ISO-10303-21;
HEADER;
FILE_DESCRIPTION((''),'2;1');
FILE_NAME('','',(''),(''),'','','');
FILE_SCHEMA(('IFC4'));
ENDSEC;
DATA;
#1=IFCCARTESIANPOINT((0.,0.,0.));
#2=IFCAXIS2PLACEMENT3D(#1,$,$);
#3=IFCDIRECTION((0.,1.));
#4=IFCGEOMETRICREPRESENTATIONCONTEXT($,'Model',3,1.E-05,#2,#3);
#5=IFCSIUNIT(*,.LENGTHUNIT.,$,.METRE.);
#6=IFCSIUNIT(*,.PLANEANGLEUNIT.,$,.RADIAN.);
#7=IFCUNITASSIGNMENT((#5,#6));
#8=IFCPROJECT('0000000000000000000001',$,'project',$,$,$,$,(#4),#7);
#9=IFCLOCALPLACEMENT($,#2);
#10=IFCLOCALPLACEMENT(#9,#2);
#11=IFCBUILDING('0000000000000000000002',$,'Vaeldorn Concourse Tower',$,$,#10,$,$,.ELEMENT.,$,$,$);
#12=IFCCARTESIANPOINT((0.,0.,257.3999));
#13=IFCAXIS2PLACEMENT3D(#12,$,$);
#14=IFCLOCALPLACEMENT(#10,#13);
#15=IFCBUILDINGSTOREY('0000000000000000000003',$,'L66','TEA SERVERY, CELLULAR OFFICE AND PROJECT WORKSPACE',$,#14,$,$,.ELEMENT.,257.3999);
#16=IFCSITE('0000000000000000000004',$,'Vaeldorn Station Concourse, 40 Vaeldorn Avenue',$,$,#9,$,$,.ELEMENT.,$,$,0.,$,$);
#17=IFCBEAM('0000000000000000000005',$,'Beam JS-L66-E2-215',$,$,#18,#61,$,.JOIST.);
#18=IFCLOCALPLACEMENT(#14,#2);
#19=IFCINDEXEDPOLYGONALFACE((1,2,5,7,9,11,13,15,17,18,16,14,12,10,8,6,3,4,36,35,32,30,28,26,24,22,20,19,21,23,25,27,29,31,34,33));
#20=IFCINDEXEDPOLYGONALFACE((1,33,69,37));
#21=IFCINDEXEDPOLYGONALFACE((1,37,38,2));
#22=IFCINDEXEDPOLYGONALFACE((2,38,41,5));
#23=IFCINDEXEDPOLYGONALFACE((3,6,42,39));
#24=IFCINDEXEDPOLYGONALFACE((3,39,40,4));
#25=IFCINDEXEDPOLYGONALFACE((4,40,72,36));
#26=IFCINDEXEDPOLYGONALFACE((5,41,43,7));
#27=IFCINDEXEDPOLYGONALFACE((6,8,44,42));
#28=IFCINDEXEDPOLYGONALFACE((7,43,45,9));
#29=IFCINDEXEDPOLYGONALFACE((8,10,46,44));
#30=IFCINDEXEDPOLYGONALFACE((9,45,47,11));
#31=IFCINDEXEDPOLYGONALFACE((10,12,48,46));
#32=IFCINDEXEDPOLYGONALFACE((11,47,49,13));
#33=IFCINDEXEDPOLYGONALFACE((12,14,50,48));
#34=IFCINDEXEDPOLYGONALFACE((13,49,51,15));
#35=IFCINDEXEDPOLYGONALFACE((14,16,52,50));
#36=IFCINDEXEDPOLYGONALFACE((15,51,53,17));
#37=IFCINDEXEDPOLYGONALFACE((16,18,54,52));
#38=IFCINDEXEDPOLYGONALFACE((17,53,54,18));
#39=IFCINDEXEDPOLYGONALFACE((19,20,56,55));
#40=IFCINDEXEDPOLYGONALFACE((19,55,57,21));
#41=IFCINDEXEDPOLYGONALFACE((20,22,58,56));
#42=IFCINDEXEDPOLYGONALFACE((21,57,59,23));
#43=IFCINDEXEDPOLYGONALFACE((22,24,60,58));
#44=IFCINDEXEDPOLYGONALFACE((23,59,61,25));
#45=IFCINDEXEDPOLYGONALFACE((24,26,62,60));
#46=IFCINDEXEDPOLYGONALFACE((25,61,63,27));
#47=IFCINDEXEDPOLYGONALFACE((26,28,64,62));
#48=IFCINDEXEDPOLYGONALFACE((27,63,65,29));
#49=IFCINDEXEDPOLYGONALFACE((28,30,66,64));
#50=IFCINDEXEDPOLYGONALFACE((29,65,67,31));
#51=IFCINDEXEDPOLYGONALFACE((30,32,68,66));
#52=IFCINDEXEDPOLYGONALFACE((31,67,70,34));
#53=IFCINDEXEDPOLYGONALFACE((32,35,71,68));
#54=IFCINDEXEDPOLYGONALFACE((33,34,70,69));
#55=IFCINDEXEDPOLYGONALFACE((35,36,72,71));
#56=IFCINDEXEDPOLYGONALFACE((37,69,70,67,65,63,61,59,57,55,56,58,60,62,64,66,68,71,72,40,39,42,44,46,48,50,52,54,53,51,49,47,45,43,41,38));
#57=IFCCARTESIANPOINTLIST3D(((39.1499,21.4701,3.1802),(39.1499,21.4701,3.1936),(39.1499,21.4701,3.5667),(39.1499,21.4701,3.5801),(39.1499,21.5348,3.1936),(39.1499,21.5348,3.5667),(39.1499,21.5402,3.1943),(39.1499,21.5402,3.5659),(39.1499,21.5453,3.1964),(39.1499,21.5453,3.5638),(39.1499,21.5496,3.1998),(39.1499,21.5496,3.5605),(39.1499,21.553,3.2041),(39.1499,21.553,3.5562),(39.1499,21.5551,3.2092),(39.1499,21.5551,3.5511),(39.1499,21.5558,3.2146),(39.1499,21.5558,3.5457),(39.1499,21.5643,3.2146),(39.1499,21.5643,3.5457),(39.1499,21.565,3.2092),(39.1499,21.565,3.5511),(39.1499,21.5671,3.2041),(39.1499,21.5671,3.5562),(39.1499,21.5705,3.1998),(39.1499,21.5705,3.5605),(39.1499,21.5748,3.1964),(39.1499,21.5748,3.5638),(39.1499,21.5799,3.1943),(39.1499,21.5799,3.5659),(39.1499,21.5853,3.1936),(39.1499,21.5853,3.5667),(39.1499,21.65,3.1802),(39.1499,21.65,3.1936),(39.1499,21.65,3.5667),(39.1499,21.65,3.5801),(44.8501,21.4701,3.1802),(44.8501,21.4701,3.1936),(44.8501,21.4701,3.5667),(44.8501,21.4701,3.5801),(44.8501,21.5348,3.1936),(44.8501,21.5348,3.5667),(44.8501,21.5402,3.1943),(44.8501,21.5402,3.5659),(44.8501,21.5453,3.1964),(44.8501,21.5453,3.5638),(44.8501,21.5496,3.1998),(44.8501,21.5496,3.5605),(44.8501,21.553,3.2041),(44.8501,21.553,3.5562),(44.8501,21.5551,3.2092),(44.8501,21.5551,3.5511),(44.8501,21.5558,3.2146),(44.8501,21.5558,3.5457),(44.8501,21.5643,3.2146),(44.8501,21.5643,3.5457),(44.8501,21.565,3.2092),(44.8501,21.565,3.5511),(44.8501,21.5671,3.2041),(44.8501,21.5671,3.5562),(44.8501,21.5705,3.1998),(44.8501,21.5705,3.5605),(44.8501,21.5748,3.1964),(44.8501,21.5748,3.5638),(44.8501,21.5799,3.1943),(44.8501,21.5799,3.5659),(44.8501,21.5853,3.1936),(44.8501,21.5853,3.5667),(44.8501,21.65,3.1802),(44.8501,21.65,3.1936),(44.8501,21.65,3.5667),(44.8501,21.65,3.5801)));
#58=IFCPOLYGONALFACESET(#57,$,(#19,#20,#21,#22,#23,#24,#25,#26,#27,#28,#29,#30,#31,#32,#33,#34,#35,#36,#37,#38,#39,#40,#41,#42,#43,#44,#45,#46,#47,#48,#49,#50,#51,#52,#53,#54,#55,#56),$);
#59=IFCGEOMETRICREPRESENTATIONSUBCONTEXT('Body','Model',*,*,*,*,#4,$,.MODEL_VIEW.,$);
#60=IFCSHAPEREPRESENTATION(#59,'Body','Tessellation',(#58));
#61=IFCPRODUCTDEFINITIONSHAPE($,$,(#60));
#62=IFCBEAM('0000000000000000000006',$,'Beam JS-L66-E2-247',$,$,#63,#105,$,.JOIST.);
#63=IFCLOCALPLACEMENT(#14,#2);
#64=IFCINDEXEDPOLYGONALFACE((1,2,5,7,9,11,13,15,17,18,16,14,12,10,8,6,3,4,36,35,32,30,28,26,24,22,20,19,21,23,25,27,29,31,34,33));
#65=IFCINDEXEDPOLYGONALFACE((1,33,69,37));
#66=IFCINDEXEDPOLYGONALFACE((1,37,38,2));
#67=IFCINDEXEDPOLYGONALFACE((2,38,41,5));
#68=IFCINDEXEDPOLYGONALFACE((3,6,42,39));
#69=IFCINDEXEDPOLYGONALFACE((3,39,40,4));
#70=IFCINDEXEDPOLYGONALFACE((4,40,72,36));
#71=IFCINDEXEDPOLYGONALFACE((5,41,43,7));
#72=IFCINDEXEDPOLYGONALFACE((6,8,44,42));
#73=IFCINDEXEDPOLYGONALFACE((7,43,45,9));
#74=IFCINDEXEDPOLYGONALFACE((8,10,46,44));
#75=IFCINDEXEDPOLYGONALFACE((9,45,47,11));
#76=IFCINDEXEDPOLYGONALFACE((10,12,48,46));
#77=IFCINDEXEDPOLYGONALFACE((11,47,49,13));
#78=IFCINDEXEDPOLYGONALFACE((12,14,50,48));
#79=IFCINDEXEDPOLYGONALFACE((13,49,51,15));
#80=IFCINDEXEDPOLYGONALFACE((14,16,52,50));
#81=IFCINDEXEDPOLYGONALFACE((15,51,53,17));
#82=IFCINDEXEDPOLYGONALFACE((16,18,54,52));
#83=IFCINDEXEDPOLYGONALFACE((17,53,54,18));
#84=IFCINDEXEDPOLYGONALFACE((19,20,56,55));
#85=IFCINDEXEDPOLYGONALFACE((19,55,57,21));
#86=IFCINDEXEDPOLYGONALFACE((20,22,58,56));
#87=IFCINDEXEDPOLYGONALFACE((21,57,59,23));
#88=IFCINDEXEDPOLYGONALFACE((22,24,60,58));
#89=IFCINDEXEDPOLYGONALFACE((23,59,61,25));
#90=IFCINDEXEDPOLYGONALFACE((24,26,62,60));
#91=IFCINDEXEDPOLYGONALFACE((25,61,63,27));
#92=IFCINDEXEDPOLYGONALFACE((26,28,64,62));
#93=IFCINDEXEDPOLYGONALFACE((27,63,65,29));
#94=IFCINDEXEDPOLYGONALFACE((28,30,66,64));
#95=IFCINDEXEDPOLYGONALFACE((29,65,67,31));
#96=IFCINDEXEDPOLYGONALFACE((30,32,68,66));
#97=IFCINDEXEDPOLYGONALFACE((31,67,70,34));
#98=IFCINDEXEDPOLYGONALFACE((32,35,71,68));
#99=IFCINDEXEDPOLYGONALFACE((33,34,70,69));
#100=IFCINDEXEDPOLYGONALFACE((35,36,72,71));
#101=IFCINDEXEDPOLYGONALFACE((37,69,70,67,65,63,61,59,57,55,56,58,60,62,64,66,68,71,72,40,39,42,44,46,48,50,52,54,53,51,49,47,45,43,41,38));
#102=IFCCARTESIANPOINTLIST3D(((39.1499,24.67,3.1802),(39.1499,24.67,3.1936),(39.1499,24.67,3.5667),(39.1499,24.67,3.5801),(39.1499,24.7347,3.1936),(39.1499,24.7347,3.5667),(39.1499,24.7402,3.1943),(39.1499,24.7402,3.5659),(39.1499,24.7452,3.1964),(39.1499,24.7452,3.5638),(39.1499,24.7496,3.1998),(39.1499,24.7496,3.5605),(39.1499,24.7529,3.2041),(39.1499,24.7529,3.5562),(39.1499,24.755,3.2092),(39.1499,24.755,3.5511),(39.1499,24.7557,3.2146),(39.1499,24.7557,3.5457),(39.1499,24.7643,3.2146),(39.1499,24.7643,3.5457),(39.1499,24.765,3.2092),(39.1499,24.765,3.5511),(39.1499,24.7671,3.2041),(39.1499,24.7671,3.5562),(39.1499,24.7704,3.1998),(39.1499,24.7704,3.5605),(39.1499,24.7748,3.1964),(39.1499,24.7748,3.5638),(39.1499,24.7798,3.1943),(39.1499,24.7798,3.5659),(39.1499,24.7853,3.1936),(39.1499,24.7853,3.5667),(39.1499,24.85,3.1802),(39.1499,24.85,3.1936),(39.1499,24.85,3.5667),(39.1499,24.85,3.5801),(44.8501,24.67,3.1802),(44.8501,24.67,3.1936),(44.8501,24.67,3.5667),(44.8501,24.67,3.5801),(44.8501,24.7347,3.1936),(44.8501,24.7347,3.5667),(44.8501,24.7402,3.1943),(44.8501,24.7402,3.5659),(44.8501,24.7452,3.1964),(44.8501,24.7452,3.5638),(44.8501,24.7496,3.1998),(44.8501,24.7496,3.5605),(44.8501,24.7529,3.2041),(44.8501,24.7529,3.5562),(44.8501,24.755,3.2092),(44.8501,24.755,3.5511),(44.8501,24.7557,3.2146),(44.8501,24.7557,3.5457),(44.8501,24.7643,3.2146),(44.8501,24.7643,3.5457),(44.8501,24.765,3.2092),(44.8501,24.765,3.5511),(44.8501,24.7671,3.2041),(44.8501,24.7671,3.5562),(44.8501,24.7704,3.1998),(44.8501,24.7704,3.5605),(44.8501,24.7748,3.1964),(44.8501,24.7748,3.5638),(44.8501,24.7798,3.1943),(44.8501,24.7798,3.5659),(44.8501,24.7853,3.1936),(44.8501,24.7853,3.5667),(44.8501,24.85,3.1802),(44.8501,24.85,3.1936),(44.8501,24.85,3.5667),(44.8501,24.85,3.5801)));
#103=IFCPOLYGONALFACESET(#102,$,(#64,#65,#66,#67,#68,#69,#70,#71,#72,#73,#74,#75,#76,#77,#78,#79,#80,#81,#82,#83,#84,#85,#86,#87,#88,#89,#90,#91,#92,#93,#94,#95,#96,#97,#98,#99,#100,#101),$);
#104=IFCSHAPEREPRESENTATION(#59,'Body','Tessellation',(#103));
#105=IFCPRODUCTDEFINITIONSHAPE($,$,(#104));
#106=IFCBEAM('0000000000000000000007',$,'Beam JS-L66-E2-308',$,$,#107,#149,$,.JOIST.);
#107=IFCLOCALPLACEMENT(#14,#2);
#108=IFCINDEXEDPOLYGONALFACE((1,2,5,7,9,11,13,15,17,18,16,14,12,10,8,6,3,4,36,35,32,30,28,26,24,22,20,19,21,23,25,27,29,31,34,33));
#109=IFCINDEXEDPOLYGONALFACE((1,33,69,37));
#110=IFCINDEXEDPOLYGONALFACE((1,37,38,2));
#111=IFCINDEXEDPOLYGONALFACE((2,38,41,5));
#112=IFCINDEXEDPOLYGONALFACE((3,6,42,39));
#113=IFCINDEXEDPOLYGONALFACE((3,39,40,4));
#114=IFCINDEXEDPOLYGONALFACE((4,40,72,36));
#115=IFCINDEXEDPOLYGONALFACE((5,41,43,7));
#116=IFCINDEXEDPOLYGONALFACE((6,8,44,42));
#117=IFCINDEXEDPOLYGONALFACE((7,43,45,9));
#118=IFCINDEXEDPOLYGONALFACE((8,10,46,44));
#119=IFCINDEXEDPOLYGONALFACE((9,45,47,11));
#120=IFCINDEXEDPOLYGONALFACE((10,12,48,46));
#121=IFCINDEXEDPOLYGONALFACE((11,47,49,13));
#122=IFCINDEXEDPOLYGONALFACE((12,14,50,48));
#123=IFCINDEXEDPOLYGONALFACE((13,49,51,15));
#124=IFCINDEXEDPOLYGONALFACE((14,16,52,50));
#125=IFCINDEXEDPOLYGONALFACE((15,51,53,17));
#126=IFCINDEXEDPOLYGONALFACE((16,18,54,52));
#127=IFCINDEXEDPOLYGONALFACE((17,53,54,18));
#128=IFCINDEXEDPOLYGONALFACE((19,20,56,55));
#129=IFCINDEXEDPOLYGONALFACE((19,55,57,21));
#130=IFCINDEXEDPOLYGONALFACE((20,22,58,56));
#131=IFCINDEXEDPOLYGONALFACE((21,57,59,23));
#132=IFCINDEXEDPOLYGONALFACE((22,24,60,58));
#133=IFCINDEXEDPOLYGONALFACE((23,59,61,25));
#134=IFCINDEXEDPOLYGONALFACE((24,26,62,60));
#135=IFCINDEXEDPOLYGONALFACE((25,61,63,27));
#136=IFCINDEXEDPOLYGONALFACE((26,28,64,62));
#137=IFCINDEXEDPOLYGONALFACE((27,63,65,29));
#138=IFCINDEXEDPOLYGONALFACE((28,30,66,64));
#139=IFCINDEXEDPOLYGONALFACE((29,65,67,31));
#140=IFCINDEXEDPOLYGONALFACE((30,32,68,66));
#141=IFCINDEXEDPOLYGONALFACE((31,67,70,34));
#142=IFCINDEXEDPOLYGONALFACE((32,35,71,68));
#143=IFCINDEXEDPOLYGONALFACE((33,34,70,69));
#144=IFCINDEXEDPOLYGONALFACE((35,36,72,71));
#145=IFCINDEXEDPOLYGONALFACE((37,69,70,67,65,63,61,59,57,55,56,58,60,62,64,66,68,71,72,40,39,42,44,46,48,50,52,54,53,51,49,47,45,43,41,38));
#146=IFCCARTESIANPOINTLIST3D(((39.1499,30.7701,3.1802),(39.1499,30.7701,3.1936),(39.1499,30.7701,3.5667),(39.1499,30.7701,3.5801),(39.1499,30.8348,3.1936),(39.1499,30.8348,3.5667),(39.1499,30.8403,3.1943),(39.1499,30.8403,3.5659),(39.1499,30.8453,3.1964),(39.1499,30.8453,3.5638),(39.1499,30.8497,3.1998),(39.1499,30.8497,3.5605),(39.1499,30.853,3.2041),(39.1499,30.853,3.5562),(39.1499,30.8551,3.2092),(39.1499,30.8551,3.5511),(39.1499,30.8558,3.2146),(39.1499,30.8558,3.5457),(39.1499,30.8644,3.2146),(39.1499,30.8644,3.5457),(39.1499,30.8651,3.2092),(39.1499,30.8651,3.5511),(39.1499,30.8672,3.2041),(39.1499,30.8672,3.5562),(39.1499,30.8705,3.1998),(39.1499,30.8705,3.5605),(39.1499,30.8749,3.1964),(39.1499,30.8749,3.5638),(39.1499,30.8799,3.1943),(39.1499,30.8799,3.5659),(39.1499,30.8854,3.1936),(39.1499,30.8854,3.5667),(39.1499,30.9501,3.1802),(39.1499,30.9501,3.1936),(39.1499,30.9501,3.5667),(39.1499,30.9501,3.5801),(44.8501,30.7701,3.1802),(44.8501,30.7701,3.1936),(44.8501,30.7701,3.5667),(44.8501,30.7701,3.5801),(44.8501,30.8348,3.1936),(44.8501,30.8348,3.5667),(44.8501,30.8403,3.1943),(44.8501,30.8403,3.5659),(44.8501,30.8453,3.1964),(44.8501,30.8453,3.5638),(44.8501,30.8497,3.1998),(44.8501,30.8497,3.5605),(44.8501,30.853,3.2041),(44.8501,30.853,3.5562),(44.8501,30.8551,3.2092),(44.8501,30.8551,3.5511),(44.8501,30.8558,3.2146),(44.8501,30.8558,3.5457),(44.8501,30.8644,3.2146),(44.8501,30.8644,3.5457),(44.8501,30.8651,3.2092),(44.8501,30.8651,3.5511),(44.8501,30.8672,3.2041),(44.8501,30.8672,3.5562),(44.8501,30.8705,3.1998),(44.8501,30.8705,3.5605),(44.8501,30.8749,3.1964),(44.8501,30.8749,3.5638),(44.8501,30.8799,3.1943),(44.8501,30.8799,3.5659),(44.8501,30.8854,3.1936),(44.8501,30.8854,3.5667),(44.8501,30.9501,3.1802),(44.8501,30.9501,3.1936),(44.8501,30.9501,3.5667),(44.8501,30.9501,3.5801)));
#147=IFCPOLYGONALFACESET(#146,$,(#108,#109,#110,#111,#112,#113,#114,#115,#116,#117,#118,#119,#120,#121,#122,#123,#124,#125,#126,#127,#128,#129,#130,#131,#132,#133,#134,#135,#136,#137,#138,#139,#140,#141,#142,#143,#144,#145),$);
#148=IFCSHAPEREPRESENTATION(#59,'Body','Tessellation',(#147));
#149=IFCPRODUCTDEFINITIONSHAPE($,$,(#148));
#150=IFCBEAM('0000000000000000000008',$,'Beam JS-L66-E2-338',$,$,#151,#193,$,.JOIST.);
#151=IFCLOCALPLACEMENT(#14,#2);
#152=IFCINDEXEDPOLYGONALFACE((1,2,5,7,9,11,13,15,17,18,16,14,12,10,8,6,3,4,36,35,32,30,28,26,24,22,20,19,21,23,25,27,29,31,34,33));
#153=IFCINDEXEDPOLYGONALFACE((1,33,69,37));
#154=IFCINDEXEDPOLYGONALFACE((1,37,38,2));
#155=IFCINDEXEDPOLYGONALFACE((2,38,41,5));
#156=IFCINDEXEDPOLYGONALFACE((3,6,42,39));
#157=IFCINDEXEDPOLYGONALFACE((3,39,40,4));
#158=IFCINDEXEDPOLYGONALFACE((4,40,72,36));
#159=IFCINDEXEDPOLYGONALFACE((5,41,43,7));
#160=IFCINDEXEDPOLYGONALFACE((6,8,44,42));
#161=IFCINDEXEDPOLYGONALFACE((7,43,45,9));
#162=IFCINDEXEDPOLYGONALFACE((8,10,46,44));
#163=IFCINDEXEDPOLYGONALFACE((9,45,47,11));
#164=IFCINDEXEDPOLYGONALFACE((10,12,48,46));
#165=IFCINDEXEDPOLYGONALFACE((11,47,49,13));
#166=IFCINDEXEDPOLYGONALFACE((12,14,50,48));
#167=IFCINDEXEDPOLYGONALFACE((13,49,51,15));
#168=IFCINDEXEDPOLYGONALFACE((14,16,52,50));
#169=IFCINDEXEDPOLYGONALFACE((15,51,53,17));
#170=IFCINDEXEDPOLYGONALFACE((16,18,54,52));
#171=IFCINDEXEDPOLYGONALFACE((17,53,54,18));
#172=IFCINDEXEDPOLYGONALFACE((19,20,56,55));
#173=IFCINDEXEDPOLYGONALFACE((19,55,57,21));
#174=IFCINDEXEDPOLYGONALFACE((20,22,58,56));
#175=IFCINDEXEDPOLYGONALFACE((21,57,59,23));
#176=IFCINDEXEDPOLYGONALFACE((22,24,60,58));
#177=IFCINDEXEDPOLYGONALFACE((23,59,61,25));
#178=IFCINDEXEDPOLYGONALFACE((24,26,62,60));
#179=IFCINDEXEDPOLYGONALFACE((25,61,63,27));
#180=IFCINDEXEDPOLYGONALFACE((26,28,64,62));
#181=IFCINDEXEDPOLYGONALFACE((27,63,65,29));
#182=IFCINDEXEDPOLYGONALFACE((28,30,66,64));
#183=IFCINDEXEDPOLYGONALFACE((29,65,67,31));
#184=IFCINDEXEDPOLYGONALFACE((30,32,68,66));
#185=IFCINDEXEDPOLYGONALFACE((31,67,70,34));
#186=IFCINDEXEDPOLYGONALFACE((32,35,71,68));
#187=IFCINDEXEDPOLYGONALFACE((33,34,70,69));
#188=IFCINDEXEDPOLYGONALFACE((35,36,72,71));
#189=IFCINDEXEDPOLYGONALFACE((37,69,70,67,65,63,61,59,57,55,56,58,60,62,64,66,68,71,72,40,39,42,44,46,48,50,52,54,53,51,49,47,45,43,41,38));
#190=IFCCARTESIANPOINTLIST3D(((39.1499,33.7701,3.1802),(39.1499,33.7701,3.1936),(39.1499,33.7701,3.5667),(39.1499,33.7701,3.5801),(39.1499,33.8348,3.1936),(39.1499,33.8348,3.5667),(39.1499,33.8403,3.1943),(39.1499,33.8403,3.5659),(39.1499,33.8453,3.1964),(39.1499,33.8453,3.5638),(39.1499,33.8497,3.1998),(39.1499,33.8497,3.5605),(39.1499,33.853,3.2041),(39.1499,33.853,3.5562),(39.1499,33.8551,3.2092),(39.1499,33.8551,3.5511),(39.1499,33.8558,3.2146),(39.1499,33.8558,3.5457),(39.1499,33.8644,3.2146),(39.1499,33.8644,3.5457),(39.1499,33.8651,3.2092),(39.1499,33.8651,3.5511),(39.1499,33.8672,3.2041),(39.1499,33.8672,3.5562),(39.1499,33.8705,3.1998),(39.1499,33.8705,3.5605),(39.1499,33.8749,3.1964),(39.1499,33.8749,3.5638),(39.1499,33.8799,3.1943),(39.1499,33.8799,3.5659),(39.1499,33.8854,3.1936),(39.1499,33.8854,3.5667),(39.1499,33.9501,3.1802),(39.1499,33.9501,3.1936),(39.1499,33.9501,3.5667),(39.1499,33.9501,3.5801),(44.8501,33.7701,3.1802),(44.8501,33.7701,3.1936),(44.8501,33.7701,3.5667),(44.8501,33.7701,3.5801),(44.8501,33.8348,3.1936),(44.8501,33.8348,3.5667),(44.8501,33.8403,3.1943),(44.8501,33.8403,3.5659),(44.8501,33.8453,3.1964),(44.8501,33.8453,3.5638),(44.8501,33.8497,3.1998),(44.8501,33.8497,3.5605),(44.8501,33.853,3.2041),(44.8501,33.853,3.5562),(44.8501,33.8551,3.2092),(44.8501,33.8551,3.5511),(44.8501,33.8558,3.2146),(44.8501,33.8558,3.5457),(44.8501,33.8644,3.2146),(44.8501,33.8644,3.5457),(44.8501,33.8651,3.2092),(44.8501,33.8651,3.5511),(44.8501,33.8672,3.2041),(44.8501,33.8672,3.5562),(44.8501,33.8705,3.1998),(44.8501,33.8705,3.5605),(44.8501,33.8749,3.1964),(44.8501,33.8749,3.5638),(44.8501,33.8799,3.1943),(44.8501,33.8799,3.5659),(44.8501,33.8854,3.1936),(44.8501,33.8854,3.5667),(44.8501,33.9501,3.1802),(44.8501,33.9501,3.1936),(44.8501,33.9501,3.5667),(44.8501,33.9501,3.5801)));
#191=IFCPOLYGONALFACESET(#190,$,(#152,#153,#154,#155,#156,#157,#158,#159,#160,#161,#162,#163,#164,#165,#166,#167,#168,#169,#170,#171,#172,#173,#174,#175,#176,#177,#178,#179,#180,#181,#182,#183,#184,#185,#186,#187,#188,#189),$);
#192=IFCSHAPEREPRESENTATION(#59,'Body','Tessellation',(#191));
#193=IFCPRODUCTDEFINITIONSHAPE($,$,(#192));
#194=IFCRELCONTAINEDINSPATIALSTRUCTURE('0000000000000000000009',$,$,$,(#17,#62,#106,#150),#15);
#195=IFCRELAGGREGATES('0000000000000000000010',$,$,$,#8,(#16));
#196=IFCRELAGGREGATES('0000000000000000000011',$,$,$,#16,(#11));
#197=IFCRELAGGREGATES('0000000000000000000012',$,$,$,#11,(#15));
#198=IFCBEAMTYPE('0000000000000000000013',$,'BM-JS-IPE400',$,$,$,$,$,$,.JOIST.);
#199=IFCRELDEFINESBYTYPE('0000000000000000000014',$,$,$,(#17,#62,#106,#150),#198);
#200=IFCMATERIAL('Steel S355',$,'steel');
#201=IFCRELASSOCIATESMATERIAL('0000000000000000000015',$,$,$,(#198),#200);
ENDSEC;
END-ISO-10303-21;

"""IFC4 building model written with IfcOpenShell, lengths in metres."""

from ifc_helpers import new_model, si_unit, direction, frame, origin, origin_2d, place, context, subcontext, project, spatial, i_section, extrude, source, transform, mapped, material, material_profile, profile_set, type_object, element, save


model = new_model("IFC4")

# Units and contexts
model_context = context("Model", 3, precision=1e-05, world=origin(), true_north=direction((0.0, 1.0)))
body_context = subcontext(model_context, "Body", "Model", "MODEL_VIEW")
ifc_project = project(units=[si_unit("LENGTHUNIT", "METRE"), si_unit("PLANEANGLEUNIT", "RADIAN")], contexts=[model_context])

# Site, building, storey
site_placement = place(None, origin())
site = spatial("IfcSite", under=ifc_project, at=site_placement, Name="Vaeldorn Station Concourse, 40 Vaeldorn Avenue", CompositionType="ELEMENT", RefElevation=0.0)
building_placement = place(site_placement, origin())
building = spatial("IfcBuilding", under=site, at=building_placement, Name="Vaeldorn Concourse Tower", CompositionType="ELEMENT")
storey_placement = place(building_placement, frame((0.0, 0.0, 257.3999)))
storey = spatial("IfcBuildingStorey", under=building, at=storey_placement, Name="L66", Description="TEA SERVERY, CELLULAR OFFICE AND PROJECT WORKSPACE", CompositionType="ELEMENT", Elevation=257.3999)

# Shared definitions
ifc_material_1 = material(Name="Steel S355", Category="steel")

# Beams
ifc_material_profile_1 = material_profile(ifc_material_1, i_section(OverallWidth=0.1799, OverallDepth=0.3999, WebThickness=0.0085, FlangeThickness=0.0134, FilletRadius=0.021, at=origin_2d()), Name="IPE 400")
ifc_profile_set_1 = profile_set([ifc_material_profile_1], Name="Steel S355")
beam_type_1 = type_object("IfcBeamType", Name="BM-JS-IPE400", PredefinedType="JOIST", material=ifc_profile_set_1)
shared_shape_1 = source(origin(), body_context, "Body", "SweptSolid", [
    extrude(i_section(OverallWidth=0.1799, OverallDepth=0.3999, WebThickness=0.0085, FlangeThickness=0.0134, FilletRadius=0.021, at=origin_2d()), origin(), (0.0, 0.0, 1.0), 5.7002),
])
for number, where, z_axis, x_axis, name in (
    (1, (39.1499, 21.5601, 3.3801), (1.0, 0.0, 0.0), (0.0, 1.0, 0.0), "Beam JS-L66-E2-215"),
    (2, (39.1499, 24.76, 3.3801), (1.0, 0.0, 0.0), (0.0, 1.0, 0.0), "Beam JS-L66-E2-247"),
    (3, (39.1499, 30.8601, 3.3801), (1.0, 0.0, 0.0), (0.0, 1.0, 0.0), "Beam JS-L66-E2-308"),
    (4, (39.1499, 33.8601, 3.3801), (1.0, 0.0, 0.0), (0.0, 1.0, 0.0), "Beam JS-L66-E2-338"),
):
    element("IfcBeam", number, at=place(storey_placement, frame(where, z_axis=z_axis, x_axis=x_axis)), inside=storey, type_object=beam_type_1, Name=name, PredefinedType="JOIST", context=body_context, shape_type="MappedRepresentation", body=[
        mapped(shared_shape_1, transform((0.0, 0.0, 0.0), scale=1.0)),
    ])

save(model, "model.ifc")
